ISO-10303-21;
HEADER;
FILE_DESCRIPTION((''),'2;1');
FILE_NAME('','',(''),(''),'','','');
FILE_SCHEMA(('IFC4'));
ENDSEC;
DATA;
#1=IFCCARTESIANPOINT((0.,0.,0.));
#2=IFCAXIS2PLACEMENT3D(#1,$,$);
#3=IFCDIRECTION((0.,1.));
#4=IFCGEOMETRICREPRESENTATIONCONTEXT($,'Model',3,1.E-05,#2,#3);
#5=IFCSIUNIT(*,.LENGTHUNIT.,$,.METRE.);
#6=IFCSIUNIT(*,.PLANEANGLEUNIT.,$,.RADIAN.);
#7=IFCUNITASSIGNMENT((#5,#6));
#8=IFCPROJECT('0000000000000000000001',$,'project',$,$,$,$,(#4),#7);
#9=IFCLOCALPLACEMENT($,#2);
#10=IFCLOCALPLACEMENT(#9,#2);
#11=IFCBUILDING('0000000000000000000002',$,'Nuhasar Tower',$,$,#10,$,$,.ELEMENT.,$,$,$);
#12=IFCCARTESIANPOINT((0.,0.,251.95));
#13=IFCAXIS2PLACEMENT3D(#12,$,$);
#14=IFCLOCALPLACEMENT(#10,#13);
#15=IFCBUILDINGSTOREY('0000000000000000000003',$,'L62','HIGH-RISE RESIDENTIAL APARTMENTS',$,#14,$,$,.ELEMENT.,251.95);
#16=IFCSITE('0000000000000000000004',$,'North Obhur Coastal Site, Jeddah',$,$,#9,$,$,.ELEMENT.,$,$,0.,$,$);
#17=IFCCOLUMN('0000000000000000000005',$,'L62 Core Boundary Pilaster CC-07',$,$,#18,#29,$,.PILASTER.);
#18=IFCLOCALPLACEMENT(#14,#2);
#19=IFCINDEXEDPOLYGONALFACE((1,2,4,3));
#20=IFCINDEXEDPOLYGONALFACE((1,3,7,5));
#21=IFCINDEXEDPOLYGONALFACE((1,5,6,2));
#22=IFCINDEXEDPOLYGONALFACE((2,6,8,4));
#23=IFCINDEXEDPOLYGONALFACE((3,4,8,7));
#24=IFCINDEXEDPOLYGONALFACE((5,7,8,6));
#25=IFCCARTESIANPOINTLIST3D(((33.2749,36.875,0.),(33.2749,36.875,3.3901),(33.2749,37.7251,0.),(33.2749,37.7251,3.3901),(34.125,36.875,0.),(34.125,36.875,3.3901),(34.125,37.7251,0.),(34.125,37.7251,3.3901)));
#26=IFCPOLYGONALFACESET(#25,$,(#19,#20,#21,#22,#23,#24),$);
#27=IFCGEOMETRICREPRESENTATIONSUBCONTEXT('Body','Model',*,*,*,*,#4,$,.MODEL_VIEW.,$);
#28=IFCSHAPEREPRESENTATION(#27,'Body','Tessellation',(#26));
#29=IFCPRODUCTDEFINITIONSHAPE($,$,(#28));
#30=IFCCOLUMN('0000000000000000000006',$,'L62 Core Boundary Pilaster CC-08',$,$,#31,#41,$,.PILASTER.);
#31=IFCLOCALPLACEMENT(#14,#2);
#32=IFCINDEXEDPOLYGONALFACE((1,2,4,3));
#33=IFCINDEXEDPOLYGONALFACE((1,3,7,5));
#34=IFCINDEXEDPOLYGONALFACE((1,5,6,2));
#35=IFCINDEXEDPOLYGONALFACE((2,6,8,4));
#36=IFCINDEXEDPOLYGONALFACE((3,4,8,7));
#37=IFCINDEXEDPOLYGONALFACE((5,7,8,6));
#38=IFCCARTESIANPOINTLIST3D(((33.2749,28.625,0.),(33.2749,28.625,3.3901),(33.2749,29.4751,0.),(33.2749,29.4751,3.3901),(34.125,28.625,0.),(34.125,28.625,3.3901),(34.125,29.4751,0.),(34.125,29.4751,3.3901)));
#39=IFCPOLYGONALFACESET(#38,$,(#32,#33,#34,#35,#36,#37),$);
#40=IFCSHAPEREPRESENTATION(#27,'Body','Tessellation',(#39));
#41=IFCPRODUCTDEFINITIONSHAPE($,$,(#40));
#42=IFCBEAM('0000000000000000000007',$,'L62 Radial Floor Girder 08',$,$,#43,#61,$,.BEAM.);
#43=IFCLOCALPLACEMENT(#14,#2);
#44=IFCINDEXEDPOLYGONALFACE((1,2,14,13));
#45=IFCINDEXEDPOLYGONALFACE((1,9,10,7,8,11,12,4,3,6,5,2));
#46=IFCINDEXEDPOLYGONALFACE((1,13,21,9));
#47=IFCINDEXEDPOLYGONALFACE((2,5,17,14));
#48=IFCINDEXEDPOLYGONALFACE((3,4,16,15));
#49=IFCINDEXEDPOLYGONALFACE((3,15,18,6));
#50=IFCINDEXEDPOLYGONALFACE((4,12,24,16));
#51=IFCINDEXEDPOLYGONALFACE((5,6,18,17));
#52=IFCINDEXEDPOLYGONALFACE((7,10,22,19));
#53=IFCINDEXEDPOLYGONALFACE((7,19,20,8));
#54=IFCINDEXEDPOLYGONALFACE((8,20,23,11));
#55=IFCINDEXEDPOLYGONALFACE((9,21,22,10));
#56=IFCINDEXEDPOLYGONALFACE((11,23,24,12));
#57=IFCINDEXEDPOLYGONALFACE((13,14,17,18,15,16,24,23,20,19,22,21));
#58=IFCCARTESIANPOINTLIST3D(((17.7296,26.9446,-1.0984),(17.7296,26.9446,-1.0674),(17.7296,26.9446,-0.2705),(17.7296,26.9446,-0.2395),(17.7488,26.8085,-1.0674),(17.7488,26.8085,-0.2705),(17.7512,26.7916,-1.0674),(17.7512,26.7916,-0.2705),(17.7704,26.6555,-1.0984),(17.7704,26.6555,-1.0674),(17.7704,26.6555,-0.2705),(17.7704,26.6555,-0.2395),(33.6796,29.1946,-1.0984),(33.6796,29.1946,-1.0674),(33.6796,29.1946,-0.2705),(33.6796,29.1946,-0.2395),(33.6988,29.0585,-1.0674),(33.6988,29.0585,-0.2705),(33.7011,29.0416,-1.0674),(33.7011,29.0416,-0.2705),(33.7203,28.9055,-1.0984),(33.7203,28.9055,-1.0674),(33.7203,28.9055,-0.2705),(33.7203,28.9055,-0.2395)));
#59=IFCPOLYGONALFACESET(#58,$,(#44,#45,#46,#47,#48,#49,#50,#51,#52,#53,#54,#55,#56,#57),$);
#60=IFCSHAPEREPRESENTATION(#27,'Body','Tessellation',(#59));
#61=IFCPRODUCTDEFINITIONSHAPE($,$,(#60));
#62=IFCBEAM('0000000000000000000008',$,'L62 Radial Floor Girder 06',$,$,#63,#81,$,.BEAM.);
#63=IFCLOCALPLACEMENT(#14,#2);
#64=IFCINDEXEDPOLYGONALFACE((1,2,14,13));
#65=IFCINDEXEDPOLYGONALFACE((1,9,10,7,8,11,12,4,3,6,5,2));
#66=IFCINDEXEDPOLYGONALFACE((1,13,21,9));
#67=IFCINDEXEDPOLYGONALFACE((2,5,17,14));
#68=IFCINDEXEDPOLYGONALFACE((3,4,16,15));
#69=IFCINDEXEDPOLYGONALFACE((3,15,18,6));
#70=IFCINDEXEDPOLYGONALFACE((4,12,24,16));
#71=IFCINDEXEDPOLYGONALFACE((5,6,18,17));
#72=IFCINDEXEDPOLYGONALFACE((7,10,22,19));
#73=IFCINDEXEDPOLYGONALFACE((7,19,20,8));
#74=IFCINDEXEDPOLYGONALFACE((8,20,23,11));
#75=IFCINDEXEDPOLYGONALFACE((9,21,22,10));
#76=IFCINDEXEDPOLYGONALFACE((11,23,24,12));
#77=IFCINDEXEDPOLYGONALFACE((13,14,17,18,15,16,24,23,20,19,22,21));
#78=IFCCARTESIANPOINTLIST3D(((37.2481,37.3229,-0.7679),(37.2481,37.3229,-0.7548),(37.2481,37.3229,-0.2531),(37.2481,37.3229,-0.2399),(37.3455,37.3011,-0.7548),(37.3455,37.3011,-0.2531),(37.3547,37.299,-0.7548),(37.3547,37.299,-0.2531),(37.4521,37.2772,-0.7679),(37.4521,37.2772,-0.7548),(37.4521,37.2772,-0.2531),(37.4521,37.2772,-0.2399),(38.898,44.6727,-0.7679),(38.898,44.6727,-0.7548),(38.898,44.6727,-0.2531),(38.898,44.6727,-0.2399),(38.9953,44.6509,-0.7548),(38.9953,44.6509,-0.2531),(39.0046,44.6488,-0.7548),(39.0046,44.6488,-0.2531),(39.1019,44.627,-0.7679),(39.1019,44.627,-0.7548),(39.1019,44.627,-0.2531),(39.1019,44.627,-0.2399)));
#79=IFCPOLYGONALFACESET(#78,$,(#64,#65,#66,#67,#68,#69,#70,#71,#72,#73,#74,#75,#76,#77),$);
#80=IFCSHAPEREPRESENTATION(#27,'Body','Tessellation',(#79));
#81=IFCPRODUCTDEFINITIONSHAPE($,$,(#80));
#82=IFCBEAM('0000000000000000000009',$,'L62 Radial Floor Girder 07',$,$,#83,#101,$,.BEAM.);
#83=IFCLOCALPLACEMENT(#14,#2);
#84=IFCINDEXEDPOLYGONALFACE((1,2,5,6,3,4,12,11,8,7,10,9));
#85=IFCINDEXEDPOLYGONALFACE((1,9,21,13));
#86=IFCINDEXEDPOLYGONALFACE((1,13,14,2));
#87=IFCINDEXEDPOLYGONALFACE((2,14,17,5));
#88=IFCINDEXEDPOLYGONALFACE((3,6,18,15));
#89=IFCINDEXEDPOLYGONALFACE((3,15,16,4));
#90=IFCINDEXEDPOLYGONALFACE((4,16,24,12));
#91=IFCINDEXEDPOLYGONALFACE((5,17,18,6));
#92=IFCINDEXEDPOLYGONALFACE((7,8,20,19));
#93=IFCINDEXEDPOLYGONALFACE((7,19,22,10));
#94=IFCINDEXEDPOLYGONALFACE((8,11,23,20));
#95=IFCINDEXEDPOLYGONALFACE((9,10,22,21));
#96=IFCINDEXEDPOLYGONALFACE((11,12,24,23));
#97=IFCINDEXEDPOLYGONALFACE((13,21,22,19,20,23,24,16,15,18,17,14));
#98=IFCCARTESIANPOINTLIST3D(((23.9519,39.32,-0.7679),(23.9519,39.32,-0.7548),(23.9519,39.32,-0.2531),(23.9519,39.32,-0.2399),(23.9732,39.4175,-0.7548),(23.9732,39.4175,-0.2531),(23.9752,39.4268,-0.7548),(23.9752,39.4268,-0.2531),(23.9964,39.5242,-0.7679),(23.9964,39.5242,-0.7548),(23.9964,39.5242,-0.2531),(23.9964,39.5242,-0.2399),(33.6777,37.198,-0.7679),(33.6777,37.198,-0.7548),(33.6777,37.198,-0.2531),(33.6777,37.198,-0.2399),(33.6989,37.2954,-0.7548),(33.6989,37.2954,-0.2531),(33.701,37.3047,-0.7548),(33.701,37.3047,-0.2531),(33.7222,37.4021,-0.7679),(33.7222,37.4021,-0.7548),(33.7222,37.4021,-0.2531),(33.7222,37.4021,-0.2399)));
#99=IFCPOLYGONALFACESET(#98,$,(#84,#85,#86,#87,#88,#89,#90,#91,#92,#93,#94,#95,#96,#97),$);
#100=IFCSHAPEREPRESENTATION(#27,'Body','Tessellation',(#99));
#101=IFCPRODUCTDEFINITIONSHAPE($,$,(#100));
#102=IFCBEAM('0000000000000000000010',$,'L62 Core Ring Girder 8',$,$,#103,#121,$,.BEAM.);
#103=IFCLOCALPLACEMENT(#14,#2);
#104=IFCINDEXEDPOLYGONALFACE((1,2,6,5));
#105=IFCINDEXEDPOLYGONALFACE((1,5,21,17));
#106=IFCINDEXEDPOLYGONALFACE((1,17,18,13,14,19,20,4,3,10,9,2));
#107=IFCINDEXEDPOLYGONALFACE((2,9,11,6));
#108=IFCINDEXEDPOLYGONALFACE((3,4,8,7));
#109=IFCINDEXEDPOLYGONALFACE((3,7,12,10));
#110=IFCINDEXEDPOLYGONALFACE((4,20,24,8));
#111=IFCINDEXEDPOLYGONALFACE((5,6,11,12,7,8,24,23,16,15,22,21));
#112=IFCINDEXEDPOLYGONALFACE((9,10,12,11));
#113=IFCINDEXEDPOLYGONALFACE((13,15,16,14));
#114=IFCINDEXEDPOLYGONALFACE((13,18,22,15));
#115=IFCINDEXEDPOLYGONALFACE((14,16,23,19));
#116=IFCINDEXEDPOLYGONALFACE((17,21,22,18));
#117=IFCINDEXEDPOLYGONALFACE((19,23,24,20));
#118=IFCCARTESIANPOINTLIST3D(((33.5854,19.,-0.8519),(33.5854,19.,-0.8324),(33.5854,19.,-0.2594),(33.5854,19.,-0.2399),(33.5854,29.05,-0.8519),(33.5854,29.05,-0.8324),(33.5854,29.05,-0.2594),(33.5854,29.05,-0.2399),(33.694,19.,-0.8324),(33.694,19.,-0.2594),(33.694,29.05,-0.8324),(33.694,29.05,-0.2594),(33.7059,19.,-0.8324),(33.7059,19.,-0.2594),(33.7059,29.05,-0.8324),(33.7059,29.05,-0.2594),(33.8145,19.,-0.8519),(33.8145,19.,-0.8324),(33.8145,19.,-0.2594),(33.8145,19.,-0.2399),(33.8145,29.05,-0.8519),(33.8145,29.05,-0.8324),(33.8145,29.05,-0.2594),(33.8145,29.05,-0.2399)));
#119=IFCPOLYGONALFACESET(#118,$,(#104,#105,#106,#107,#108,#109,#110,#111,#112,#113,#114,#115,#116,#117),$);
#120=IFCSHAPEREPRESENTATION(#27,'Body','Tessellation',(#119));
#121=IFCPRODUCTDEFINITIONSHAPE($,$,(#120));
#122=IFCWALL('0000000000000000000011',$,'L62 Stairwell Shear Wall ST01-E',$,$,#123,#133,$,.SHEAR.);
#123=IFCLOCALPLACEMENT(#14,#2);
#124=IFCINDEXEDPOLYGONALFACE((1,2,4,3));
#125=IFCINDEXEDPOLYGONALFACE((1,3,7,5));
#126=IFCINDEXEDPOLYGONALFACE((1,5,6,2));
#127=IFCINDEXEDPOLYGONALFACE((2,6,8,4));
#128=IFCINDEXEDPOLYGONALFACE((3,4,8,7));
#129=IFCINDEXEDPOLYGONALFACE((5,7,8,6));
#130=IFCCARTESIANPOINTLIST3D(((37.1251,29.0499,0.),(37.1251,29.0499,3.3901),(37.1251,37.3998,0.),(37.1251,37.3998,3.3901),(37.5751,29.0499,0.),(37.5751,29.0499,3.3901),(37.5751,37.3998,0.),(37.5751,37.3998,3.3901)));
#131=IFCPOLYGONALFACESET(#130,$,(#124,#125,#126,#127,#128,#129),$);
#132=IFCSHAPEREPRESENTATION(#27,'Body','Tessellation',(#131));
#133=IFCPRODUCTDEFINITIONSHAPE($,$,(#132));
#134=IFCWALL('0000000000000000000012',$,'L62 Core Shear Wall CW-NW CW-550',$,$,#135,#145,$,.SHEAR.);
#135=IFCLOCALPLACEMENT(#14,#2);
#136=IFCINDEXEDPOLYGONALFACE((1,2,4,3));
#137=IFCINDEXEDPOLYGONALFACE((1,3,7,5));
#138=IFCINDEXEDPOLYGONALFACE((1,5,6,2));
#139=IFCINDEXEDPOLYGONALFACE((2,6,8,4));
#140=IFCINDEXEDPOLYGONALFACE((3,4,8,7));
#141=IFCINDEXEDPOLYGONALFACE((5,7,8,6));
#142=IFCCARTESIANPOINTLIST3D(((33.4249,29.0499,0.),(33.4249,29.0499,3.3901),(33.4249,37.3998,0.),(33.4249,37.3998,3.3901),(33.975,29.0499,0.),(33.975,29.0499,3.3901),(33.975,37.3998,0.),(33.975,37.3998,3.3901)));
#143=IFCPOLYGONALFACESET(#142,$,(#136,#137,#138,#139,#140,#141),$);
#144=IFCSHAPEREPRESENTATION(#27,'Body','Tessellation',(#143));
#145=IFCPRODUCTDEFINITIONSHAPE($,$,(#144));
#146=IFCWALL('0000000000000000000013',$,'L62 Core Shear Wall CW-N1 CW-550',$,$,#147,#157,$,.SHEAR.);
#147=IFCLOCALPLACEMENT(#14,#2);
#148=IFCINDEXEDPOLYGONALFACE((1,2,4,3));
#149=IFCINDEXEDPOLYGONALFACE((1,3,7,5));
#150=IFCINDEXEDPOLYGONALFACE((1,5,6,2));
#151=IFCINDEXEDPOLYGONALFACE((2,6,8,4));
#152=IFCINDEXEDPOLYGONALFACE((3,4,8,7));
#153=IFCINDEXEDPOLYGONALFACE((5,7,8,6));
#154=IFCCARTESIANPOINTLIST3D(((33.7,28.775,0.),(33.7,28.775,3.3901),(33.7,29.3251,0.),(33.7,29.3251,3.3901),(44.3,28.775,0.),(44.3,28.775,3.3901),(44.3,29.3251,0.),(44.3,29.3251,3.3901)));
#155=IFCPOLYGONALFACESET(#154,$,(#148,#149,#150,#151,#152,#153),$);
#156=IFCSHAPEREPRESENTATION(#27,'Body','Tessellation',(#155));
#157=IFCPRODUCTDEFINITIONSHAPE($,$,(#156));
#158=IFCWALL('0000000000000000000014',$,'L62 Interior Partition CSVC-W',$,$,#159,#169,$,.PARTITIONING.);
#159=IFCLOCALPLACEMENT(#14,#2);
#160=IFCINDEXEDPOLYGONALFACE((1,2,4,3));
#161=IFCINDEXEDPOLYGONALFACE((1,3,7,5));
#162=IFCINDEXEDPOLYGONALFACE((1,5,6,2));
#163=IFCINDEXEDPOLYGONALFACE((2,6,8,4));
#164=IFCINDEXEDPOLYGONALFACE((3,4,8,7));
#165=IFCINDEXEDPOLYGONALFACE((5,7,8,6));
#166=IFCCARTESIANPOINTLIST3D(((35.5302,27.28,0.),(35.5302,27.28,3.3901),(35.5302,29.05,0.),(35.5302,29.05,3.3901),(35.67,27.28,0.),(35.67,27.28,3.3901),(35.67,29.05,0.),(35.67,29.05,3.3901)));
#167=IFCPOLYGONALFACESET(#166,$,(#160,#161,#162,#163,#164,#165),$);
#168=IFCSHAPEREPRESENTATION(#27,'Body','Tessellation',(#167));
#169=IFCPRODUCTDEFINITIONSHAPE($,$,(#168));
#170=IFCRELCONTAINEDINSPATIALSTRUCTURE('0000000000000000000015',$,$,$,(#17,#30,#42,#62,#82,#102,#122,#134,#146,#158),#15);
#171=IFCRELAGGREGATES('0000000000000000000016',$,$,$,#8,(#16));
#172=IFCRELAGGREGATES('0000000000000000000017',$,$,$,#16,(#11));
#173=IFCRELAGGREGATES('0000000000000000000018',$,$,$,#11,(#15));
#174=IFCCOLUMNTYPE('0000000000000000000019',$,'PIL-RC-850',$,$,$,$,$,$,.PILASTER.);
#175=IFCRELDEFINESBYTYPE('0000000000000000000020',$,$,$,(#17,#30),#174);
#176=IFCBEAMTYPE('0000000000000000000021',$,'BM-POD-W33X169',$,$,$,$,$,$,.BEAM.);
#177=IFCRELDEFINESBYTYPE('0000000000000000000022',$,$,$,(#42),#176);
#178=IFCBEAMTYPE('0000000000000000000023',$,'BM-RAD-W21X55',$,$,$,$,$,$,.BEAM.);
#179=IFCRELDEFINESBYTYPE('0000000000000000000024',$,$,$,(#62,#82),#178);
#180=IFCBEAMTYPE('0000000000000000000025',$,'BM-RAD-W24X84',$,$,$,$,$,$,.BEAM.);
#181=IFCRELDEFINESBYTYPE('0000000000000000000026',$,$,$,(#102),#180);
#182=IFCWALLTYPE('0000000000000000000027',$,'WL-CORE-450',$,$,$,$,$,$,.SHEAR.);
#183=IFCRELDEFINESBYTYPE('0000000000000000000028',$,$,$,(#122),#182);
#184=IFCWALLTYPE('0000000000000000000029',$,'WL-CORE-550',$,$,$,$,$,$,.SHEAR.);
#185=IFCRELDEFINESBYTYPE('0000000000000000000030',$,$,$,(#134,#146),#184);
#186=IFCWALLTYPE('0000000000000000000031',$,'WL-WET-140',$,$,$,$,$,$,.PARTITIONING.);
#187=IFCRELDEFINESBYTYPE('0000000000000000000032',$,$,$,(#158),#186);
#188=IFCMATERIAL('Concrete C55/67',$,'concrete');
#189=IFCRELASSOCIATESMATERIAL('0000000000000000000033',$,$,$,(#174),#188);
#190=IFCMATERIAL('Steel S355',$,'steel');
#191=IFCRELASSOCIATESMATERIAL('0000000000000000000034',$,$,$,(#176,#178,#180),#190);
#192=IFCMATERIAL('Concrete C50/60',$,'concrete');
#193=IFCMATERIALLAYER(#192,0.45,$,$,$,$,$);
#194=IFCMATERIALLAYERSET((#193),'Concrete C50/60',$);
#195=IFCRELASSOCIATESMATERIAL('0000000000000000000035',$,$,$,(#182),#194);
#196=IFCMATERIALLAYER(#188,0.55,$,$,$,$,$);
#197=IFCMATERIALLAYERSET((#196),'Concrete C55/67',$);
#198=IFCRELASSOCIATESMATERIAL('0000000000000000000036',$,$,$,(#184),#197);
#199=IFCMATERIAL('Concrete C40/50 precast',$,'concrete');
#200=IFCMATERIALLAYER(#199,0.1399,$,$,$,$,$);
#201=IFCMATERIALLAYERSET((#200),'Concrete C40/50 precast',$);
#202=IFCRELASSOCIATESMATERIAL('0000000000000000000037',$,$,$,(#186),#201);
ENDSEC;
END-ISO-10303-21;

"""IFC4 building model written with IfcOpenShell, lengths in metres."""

from ifc_helpers import new_model, si_unit, direction, frame, frame_2d, origin, origin_2d, place, context, subcontext, project, spatial, rectangle, i_section, extrude, material, layer, layer_set, material_profile, profile_set, type_object, element, save


model = new_model("IFC4")

# Units and contexts
model_context = context("Model", 3, precision=1e-05, world=origin(), true_north=direction((0.0, 1.0)))
body_context = subcontext(model_context, "Body", "Model", "MODEL_VIEW")
ifc_project = project(units=[si_unit("LENGTHUNIT", "METRE"), si_unit("PLANEANGLEUNIT", "RADIAN")], contexts=[model_context])

# Site, building, storey
site_placement = place(None, origin())
site = spatial("IfcSite", under=ifc_project, at=site_placement, Name="North Obhur Coastal Site, Jeddah", CompositionType="ELEMENT", RefElevation=0.0)
building_placement = place(site_placement, origin())
building = spatial("IfcBuilding", under=site, at=building_placement, Name="Nuhasar Tower", CompositionType="ELEMENT")
storey_placement = place(building_placement, frame((0.0, 0.0, 251.95)))
storey = spatial("IfcBuildingStorey", under=building, at=storey_placement, Name="L62", Description="HIGH-RISE RESIDENTIAL APARTMENTS", CompositionType="ELEMENT", Elevation=251.95)

# Columns
ifc_material_1 = material(Name="Concrete C55/67", Category="concrete")
ifc_material_profile_1 = material_profile(ifc_material_1, rectangle(XDim=0.8501, YDim=0.8501, at=origin_2d()), Name="RC850X850")
ifc_profile_set_1 = profile_set([ifc_material_profile_1], Name="Concrete C55/67")
column_type = type_object("IfcColumnType", Name="PIL-RC-850", PredefinedType="PILASTER", material=ifc_profile_set_1)
for number, where, z_axis, x_axis, name in (
    (1, (33.7, 37.3, 0.0), (0.0, 0.0, 1.0), (1.0, 0.0, 0.0), "L62 Core Boundary Pilaster CC-07"),
    (2, (33.7, 29.05, 0.0), (0.0, 0.0, 1.0), (1.0, 0.0, 0.0), "L62 Core Boundary Pilaster CC-08"),
):
    element("IfcColumn", number, at=place(storey_placement, frame(where, z_axis=z_axis, x_axis=x_axis)), inside=storey, type_object=column_type, Name=name, PredefinedType="PILASTER", context=body_context, shape_type="SweptSolid", body=[
        extrude(rectangle(XDim=0.8501, YDim=0.8501, at=origin_2d()), origin(), (0.0, 0.0, 1.0), 3.3901),
    ])

# Beams
ifc_material_2 = material(Name="Steel S355", Category="steel")
ifc_material_profile_2 = material_profile(ifc_material_2, i_section(OverallWidth=0.292, OverallDepth=0.8589, WebThickness=0.0171, FlangeThickness=0.031, at=origin_2d()), Name="W33X169")
ifc_profile_set_2 = profile_set([ifc_material_profile_2], Name="Steel S355")
beam_type_1 = type_object("IfcBeamType", Name="BM-POD-W33X169", PredefinedType="BEAM", material=ifc_profile_set_2)
beam_1_placement = place(storey_placement, frame((33.7, 29.05, -0.6689), z_axis=(-0.990196, -0.139683, 0.0), x_axis=(0.139683, -0.990196, 0.0)))
element("IfcBeam", 3, at=beam_1_placement, inside=storey, type_object=beam_type_1, Name="L62 Radial Floor Girder 08", PredefinedType="BEAM", context=body_context, shape_type="SweptSolid", body=[
    extrude(i_section(OverallWidth=0.292, OverallDepth=0.8589, WebThickness=0.0171, FlangeThickness=0.031, at=origin_2d()), origin(), (0.0, 0.0, 1.0), 16.1079),
])
ifc_material_profile_3 = material_profile(ifc_material_2, i_section(OverallWidth=0.209, OverallDepth=0.5281, WebThickness=0.0095, FlangeThickness=0.0132, at=origin_2d()), Name="W21X55")
ifc_profile_set_3 = profile_set([ifc_material_profile_3], Name="Steel S355")
beam_type_2 = type_object("IfcBeamType", Name="BM-RAD-W21X55", PredefinedType="BEAM", material=ifc_profile_set_3)
beam_2_placement = place(storey_placement, frame((37.3501, 37.3, -0.5039), z_axis=(0.21903, 0.975718, 0.0), x_axis=(-0.975718, 0.21903, 0.0)))
element("IfcBeam", 4, at=beam_2_placement, inside=storey, type_object=beam_type_2, Name="L62 Radial Floor Girder 06", PredefinedType="BEAM", context=body_context, shape_type="SweptSolid", body=[
    extrude(i_section(OverallWidth=0.209, OverallDepth=0.5281, WebThickness=0.0095, FlangeThickness=0.0132, at=origin_2d()), origin(), (0.0, 0.0, 1.0), 7.5327),
])
beam_3_placement = place(storey_placement, frame((33.7, 37.3, -0.5039), z_axis=(-0.977014, 0.213174, 0.0), x_axis=(-0.213174, -0.977014, 0.0)))
element("IfcBeam", 5, at=beam_3_placement, inside=storey, type_object=beam_type_2, Name="L62 Radial Floor Girder 07", PredefinedType="BEAM", context=body_context, shape_type="SweptSolid", body=[
    extrude(i_section(OverallWidth=0.209, OverallDepth=0.5281, WebThickness=0.0095, FlangeThickness=0.0132, at=origin_2d()), origin(), (0.0, 0.0, 1.0), 9.9546),
])
ifc_material_profile_4 = material_profile(ifc_material_2, i_section(OverallWidth=0.229, OverallDepth=0.6121, WebThickness=0.012, FlangeThickness=0.0195, at=origin_2d()), Name="W24X84")
ifc_profile_set_4 = profile_set([ifc_material_profile_4], Name="Steel S355")
beam_type_3 = type_object("IfcBeamType", Name="BM-RAD-W24X84", PredefinedType="BEAM", material=ifc_profile_set_4)
beam_4_placement = place(storey_placement, frame((33.7, 29.05, -0.5459), z_axis=(0.0, -1.0, 0.0), x_axis=(1.0, 0.0, 0.0)))
element("IfcBeam", 6, at=beam_4_placement, inside=storey, type_object=beam_type_3, Name="L62 Core Ring Girder 8", PredefinedType="BEAM", context=body_context, shape_type="SweptSolid", body=[
    extrude(i_section(OverallWidth=0.229, OverallDepth=0.6121, WebThickness=0.012, FlangeThickness=0.0195, at=origin_2d()), origin(), (0.0, 0.0, 1.0), 10.05),
])

# Walls
ifc_material_3 = material(Name="Concrete C50/60", Category="concrete")
ifc_layer_1 = layer(ifc_material_3, 0.45)
ifc_layer_set_1 = layer_set([ifc_layer_1], Name="Concrete C50/60")
wall_type_1 = type_object("IfcWallType", Name="WL-CORE-450", PredefinedType="SHEAR", material=ifc_layer_set_1)
wall_1_placement = place(storey_placement, frame((37.3501, 29.05, 0.0), z_axis=(0.0, 0.0, 1.0), x_axis=(0.0, 1.0, 0.0)))
element("IfcWall", 7, at=wall_1_placement, inside=storey, type_object=wall_type_1, Name="L62 Stairwell Shear Wall ST01-E", PredefinedType="SHEAR", context=body_context, shape_type="SweptSolid", body=[
    extrude(rectangle(XDim=8.3499, YDim=0.45, at=frame_2d((4.1748, 0.0))), origin(), (0.0, 0.0, 1.0), 3.3901),
])
ifc_layer_2 = layer(ifc_material_1, 0.55)
ifc_layer_set_2 = layer_set([ifc_layer_2], Name="Concrete C55/67")
wall_type_2 = type_object("IfcWallType", Name="WL-CORE-550", PredefinedType="SHEAR", material=ifc_layer_set_2)
wall_2_placement = place(storey_placement, frame((33.7, 29.05, 0.0), z_axis=(0.0, 0.0, 1.0), x_axis=(0.0, 1.0, 0.0)))
element("IfcWall", 8, at=wall_2_placement, inside=storey, type_object=wall_type_2, Name="L62 Core Shear Wall CW-NW CW-550", PredefinedType="SHEAR", context=body_context, shape_type="SweptSolid", body=[
    extrude(rectangle(XDim=8.3499, YDim=0.55, at=frame_2d((4.1748, 0.0))), origin(), (0.0, 0.0, 1.0), 3.3901),
])
wall_3_placement = place(storey_placement, frame((33.7, 29.05, 0.0), z_axis=(0.0, 0.0, 1.0), x_axis=(1.0, 0.0, 0.0)))
element("IfcWall", 9, at=wall_3_placement, inside=storey, type_object=wall_type_2, Name="L62 Core Shear Wall CW-N1 CW-550", PredefinedType="SHEAR", context=body_context, shape_type="SweptSolid", body=[
    extrude(rectangle(XDim=10.6001, YDim=0.55, at=frame_2d((5.3, 0.0))), origin(), (0.0, 0.0, 1.0), 3.3901),
])
ifc_material_4 = material(Name="Concrete C40/50 precast", Category="concrete")
ifc_layer_3 = layer(ifc_material_4, 0.1399)
ifc_layer_set_3 = layer_set([ifc_layer_3], Name="Concrete C40/50 precast")
wall_type_3 = type_object("IfcWallType", Name="WL-WET-140", PredefinedType="PARTITIONING", material=ifc_layer_set_3)
wall_4_placement = place(storey_placement, frame((35.6001, 27.28, 0.0), z_axis=(0.0, 0.0, 1.0), x_axis=(0.0, 1.0, 0.0)))
element("IfcWall", 10, at=wall_4_placement, inside=storey, type_object=wall_type_3, Name="L62 Interior Partition CSVC-W", PredefinedType="PARTITIONING", context=body_context, shape_type="SweptSolid", body=[
    extrude(rectangle(XDim=1.77, YDim=0.1399, at=frame_2d((0.885, 0.0))), origin(), (0.0, 0.0, 1.0), 3.3901),
])

save(model, "model.ifc")
